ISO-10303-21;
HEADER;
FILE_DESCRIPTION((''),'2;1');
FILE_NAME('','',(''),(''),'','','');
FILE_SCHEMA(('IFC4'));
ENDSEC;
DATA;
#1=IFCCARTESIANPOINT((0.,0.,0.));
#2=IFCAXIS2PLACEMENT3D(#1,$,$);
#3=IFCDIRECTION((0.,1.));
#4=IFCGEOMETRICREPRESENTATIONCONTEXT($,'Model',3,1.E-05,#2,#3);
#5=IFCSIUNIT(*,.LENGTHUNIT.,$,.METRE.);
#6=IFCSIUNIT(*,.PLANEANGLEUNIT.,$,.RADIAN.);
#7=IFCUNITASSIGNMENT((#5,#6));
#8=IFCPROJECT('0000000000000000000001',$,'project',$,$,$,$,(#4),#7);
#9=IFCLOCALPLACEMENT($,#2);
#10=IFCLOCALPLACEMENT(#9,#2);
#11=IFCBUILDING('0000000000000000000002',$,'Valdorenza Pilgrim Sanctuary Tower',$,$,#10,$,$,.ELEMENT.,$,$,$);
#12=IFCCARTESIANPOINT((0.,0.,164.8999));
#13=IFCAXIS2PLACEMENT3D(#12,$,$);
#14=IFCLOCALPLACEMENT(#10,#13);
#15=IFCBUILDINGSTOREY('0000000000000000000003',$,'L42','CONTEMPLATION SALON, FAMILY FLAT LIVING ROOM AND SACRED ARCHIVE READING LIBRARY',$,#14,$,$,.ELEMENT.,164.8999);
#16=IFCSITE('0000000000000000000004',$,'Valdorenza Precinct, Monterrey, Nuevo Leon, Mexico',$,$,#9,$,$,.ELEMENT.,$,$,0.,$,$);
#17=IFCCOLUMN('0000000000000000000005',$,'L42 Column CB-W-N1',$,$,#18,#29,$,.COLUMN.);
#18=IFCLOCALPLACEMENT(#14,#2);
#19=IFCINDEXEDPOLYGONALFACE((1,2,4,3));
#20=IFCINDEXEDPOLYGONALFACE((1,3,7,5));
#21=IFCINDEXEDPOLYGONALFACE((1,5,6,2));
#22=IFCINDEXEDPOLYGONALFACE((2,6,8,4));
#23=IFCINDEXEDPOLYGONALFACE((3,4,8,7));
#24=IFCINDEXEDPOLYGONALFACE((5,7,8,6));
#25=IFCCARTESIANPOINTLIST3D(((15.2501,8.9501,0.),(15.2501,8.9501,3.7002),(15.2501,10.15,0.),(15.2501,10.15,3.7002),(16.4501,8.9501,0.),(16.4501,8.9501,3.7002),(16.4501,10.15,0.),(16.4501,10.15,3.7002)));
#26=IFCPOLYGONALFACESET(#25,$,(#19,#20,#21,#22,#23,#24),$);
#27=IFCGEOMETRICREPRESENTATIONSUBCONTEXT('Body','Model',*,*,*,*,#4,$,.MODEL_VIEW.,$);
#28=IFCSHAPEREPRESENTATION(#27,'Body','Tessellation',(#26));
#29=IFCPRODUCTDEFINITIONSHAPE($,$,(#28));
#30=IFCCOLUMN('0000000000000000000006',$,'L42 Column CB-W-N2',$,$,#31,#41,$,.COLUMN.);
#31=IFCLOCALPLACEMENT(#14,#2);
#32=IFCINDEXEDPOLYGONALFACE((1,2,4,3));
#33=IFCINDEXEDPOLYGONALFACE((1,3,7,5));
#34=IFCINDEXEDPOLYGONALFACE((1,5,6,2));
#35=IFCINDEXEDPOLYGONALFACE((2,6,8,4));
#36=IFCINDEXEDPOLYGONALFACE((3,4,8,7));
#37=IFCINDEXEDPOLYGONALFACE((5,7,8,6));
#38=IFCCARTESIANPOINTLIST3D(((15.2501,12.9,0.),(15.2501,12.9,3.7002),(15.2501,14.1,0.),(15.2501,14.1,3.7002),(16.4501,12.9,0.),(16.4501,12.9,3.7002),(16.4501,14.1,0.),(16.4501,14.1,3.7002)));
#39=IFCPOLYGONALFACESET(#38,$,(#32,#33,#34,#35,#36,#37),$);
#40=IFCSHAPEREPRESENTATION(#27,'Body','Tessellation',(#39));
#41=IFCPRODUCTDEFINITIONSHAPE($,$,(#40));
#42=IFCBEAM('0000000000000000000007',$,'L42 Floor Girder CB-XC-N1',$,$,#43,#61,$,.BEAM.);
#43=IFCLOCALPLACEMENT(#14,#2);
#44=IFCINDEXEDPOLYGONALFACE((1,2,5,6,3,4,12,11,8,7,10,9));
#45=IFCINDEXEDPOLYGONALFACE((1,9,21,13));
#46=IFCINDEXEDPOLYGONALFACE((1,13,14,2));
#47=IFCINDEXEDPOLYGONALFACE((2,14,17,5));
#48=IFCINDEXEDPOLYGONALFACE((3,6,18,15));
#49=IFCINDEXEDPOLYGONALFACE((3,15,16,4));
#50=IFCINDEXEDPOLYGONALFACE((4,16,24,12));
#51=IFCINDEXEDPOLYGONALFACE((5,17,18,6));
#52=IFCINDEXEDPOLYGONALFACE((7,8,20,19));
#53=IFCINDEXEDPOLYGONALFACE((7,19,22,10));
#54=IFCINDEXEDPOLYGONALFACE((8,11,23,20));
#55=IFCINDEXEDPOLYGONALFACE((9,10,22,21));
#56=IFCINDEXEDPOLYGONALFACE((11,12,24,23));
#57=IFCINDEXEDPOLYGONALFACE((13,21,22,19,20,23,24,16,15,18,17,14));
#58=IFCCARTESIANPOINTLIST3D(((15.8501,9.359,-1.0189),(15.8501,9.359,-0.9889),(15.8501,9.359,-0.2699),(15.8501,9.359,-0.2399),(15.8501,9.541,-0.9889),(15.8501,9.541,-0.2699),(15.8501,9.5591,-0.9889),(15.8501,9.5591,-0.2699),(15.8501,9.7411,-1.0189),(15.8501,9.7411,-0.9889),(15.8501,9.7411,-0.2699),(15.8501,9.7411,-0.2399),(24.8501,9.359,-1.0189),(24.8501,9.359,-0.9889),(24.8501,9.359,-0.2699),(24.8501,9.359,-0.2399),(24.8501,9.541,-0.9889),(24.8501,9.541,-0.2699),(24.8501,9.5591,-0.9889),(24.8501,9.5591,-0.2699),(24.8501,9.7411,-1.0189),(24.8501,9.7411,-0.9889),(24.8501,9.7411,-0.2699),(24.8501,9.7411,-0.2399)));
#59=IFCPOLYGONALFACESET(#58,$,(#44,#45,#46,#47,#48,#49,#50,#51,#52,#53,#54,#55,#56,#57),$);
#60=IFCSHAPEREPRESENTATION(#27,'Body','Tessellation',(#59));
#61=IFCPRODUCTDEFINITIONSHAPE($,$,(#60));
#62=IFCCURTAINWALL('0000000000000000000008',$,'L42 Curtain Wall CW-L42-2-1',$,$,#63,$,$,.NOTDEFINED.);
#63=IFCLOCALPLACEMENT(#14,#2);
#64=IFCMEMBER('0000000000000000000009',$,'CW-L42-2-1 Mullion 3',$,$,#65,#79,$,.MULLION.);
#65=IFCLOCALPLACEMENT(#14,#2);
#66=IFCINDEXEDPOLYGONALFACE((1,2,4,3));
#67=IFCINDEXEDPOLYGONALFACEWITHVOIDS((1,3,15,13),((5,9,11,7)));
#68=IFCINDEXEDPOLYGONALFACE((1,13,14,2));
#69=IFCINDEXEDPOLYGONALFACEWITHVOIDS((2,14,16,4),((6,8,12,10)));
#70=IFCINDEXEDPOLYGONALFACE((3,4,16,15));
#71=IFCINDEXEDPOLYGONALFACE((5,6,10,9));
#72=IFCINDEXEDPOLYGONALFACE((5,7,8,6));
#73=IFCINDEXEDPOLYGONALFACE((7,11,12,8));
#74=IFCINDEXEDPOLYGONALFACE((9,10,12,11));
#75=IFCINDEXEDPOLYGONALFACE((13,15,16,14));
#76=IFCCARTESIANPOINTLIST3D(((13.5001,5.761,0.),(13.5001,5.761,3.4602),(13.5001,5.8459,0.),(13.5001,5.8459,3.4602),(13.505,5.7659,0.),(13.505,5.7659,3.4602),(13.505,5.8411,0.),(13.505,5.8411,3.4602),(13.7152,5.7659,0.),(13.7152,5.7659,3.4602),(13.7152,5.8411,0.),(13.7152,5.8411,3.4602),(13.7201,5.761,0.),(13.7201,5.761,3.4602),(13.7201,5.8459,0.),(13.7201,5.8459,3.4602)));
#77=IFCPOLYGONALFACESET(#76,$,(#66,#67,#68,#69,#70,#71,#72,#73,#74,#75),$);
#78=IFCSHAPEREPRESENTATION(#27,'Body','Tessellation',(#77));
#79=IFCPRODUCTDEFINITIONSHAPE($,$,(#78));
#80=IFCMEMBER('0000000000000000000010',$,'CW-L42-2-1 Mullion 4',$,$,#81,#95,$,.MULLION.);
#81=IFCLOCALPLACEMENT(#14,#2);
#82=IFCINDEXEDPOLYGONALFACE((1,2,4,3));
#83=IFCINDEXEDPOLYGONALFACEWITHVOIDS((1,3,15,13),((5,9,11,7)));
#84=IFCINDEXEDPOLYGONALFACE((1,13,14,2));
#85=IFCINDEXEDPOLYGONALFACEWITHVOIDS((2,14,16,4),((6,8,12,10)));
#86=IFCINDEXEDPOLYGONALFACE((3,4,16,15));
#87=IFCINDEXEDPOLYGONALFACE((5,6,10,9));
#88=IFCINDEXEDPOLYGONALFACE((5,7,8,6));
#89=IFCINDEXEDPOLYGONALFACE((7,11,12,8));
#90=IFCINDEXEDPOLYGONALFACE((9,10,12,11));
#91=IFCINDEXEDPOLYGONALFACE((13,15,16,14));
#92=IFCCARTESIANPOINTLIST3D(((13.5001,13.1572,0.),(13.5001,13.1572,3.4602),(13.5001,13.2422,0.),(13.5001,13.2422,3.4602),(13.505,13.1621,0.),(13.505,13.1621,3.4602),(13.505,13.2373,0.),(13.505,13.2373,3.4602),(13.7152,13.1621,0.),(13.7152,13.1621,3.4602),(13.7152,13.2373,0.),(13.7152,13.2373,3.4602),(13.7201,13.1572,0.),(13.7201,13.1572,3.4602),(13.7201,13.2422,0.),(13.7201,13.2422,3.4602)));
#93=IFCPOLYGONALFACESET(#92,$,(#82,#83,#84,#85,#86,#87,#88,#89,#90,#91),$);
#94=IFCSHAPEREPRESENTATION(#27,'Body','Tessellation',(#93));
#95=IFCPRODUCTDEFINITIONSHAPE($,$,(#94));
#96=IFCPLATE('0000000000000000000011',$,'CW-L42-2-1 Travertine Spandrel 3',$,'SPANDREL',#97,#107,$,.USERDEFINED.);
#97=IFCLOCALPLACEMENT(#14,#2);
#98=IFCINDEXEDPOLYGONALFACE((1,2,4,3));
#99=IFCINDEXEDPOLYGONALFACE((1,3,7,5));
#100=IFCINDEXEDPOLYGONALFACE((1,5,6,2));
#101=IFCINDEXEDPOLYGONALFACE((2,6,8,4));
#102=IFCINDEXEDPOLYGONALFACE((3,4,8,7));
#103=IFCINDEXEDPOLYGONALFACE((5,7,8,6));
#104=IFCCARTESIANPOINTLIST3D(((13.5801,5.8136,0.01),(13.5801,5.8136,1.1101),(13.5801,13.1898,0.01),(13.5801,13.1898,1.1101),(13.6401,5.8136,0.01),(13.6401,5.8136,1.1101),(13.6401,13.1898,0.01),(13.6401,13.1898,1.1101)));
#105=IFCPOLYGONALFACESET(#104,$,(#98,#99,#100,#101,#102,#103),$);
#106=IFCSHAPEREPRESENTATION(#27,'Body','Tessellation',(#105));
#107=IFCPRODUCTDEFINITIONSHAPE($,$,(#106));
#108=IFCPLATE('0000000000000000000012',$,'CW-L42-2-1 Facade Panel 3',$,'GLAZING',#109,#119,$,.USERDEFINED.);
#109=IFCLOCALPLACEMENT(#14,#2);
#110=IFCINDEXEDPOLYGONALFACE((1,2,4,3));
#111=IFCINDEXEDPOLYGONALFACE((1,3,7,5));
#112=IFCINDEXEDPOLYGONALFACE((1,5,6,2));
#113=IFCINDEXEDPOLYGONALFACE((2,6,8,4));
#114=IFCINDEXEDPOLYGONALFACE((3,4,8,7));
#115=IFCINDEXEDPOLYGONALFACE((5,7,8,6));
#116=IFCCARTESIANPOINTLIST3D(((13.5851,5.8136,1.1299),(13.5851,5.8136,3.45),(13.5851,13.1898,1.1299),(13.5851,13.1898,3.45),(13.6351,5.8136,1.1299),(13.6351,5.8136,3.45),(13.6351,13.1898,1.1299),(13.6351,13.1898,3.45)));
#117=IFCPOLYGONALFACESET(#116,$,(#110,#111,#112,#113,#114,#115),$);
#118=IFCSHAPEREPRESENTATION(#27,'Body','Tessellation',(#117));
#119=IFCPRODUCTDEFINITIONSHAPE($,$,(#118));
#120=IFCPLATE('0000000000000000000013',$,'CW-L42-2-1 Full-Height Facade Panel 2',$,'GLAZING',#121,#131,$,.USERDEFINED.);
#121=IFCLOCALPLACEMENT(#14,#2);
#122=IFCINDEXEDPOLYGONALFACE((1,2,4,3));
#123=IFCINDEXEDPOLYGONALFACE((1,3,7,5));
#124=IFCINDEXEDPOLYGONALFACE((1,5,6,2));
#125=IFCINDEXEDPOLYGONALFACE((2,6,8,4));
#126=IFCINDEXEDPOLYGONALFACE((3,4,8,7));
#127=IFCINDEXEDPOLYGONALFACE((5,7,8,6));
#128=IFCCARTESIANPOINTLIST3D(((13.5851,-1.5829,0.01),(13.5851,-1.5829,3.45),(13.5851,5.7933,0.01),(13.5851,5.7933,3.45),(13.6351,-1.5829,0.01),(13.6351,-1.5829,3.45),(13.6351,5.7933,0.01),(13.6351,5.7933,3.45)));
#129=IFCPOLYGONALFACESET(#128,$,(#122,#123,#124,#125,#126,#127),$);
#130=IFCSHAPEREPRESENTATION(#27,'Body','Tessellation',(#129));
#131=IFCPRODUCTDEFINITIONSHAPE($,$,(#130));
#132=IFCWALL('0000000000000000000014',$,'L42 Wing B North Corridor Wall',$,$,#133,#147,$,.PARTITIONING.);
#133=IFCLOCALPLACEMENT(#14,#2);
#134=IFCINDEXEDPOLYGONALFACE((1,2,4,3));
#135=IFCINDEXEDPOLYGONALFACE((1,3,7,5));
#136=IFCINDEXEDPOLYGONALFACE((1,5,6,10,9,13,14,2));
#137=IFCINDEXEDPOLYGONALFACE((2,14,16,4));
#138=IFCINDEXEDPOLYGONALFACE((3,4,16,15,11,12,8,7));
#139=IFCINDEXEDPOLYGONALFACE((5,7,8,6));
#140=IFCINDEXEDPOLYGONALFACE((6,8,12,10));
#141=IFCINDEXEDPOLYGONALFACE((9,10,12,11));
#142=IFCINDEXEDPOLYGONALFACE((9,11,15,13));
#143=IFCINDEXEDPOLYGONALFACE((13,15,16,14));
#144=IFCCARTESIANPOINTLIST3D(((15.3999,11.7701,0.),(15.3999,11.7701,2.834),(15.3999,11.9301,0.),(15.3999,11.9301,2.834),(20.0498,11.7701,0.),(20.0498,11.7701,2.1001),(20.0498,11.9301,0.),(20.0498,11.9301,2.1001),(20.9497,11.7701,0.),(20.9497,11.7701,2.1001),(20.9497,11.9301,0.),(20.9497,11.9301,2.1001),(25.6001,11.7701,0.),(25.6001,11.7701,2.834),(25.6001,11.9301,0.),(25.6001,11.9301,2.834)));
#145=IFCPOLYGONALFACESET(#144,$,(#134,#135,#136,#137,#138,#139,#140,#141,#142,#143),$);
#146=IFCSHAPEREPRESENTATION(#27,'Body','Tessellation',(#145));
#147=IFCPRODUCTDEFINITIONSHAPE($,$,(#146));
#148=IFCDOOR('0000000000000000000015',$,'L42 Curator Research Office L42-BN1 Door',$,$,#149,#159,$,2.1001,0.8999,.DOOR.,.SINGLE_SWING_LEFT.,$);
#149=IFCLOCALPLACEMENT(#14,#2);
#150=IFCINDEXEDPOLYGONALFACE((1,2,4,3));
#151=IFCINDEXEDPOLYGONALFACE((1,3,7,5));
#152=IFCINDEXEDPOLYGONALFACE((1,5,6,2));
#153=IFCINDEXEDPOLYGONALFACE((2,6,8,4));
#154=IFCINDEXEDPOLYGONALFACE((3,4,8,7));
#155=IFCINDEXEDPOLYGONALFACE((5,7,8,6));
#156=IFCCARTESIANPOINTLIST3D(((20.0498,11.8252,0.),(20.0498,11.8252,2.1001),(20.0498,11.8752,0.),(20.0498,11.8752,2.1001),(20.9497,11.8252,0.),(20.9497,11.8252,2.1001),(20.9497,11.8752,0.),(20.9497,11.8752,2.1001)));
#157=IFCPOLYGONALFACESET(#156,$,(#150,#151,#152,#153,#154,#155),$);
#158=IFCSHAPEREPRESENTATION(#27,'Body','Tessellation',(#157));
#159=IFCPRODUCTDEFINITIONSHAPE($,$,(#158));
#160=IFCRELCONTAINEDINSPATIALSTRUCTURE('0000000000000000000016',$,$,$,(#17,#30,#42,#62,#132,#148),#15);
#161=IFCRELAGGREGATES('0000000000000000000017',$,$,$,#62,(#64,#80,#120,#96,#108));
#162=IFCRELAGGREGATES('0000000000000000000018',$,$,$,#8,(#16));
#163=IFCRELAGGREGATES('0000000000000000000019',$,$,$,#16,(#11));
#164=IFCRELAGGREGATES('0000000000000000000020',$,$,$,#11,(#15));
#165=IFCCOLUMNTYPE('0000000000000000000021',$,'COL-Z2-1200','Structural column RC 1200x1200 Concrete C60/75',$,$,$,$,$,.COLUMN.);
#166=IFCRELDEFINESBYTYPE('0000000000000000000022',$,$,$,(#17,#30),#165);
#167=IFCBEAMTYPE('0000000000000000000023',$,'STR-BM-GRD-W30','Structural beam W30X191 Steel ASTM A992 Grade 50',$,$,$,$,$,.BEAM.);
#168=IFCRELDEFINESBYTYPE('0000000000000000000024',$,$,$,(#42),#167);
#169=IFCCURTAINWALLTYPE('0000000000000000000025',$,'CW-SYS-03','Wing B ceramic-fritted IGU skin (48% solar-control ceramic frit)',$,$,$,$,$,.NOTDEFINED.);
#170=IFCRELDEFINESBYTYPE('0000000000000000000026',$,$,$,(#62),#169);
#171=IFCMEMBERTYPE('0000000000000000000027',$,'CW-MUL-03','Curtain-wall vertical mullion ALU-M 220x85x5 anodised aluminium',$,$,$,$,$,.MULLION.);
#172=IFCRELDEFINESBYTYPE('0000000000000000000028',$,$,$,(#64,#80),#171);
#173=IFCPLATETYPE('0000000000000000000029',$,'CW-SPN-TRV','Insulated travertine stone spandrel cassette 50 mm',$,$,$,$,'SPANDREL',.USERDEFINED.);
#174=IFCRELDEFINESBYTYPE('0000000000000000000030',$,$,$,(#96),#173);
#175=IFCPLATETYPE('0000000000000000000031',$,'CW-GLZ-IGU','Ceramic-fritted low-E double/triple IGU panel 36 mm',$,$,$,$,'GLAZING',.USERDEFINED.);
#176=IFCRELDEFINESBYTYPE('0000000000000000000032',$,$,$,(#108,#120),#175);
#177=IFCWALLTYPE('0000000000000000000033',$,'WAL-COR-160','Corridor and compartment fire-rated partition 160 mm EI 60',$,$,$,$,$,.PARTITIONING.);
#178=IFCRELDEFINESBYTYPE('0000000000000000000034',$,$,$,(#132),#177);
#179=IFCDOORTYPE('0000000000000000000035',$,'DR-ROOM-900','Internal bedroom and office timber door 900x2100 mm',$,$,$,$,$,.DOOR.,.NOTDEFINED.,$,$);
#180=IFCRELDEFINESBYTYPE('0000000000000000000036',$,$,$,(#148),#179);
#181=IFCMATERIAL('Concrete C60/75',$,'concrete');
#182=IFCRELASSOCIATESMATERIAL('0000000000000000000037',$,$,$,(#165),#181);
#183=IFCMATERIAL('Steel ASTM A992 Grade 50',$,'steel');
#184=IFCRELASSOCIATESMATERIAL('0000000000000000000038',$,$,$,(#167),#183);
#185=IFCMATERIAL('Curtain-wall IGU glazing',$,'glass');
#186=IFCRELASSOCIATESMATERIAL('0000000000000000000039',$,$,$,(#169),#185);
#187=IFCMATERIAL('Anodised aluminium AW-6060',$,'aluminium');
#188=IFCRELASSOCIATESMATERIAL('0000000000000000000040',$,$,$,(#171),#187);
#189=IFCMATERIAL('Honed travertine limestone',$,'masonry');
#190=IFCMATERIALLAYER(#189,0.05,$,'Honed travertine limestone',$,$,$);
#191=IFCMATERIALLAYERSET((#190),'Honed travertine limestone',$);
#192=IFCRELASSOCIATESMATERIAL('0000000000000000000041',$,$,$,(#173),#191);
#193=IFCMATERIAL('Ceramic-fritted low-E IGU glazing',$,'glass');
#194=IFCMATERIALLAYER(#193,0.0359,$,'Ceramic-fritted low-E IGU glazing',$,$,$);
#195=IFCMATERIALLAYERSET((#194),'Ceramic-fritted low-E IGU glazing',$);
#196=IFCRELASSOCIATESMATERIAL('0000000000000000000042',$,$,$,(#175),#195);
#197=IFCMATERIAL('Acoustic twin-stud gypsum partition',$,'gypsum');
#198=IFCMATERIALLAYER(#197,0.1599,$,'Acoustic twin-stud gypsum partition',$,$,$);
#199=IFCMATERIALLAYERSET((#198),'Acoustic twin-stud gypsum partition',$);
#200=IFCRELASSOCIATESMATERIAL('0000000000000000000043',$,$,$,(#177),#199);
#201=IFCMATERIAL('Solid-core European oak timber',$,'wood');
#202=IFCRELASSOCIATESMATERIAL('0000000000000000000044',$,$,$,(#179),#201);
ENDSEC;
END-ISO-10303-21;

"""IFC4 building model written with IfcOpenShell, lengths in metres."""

from ifc_helpers import new_model, si_unit, direction, frame, frame_2d, origin, origin_2d, place, context, subcontext, project, spatial, rectangle, hollow_rectangle, i_section, extrude, source, transform, mapped, material, layer, layer_set, material_profile, profile_set, type_object, element, fill, aggregate, save


model = new_model("IFC4")

# Units and contexts
model_context = context("Model", 3, precision=1e-05, world=origin(), true_north=direction((0.0, 1.0)))
body_context = subcontext(model_context, "Body", "Model", "MODEL_VIEW")
ifc_project = project(units=[si_unit("LENGTHUNIT", "METRE"), si_unit("PLANEANGLEUNIT", "RADIAN")], contexts=[model_context])

# Site, building, storey
site_placement = place(None, origin())
site = spatial("IfcSite", under=ifc_project, at=site_placement, Name="Valdorenza Precinct, Monterrey, Nuevo Leon, Mexico", CompositionType="ELEMENT", RefElevation=0.0)
building_placement = place(site_placement, origin())
building = spatial("IfcBuilding", under=site, at=building_placement, Name="Valdorenza Pilgrim Sanctuary Tower", CompositionType="ELEMENT")
storey_placement = place(building_placement, frame((0.0, 0.0, 164.8999)))
storey = spatial("IfcBuildingStorey", under=building, at=storey_placement, Name="L42", Description="CONTEMPLATION SALON, FAMILY FLAT LIVING ROOM AND SACRED ARCHIVE READING LIBRARY", CompositionType="ELEMENT", Elevation=164.8999)

# Columns
ifc_material_1 = material(Name="Concrete C60/75", Category="concrete")
ifc_material_profile_1 = material_profile(ifc_material_1, rectangle(XDim=1.2, YDim=1.2, at=origin_2d()), Name="RC 1200x1200")
ifc_profile_set_1 = profile_set([ifc_material_profile_1], Name="Concrete C60/75")
column_type = type_object("IfcColumnType", Name="COL-Z2-1200", Description="Structural column RC 1200x1200 Concrete C60/75", PredefinedType="COLUMN", material=ifc_profile_set_1)
shared_shape_1 = source(origin(), body_context, "Body", "SweptSolid", [
    extrude(rectangle(XDim=1.2, YDim=1.2, at=origin_2d()), origin(), (0.0, 0.0, 1.0), 3.7002),
])
for number, where, z_axis, x_axis, name in (
    (1, (15.8501, 9.55, 0.0), (0.0, 0.0, 1.0), (1.0, 0.0, 0.0), "L42 Column CB-W-N1"),
    (2, (15.8501, 13.5, 0.0), (0.0, 0.0, 1.0), (1.0, 0.0, 0.0), "L42 Column CB-W-N2"),
):
    element("IfcColumn", number, at=place(storey_placement, frame(where, z_axis=z_axis, x_axis=x_axis)), inside=storey, type_object=column_type, Name=name, PredefinedType="COLUMN", context=body_context, shape_type="MappedRepresentation", body=[
        mapped(shared_shape_1, transform((0.0, 0.0, 0.0), x_axis=(1.0, 0.0, 0.0), y_axis=(0.0, 1.0, 0.0), z_axis=(0.0, 0.0, 1.0), scale=1.0)),
    ])

# Beam
ifc_material_2 = material(Name="Steel ASTM A992 Grade 50", Category="steel")
ifc_material_profile_2 = material_profile(ifc_material_2, i_section(OverallWidth=0.3821, OverallDepth=0.7791, WebThickness=0.0181, FlangeThickness=0.03, at=origin_2d()), Name="W30X191")
ifc_profile_set_2 = profile_set([ifc_material_profile_2], Name="Steel ASTM A992 Grade 50")
beam_type = type_object("IfcBeamType", Name="STR-BM-GRD-W30", Description="Structural beam W30X191 Steel ASTM A992 Grade 50", PredefinedType="BEAM", material=ifc_profile_set_2)
shared_shape_2 = source(origin(), body_context, "Body", "SweptSolid", [
    extrude(i_section(OverallWidth=0.3821, OverallDepth=0.7791, WebThickness=0.0181, FlangeThickness=0.03, at=origin_2d()), origin(), (0.0, 0.0, 1.0), 9.0),
])
beam_placement = place(storey_placement, frame((15.8501, 9.55, -0.6294), z_axis=(1.0, 0.0, 0.0), x_axis=(0.0, 1.0, 0.0)))
element("IfcBeam", 3, at=beam_placement, inside=storey, type_object=beam_type, Name="L42 Floor Girder CB-XC-N1", PredefinedType="BEAM", context=body_context, shape_type="MappedRepresentation", body=[
    mapped(shared_shape_2, transform((0.0, 0.0, 0.0), x_axis=(1.0, 0.0, 0.0), y_axis=(0.0, 1.0, 0.0), z_axis=(0.0, 0.0, 1.0), scale=1.0)),
])

# Curtain wall, members, plates
ifc_material_3 = material(Name="Curtain-wall IGU glazing", Category="glass")
curtain_wall_type = type_object("IfcCurtainWallType", Name="CW-SYS-03", Description="Wing B ceramic-fritted IGU skin (48% solar-control ceramic frit)", PredefinedType="NOTDEFINED", material=ifc_material_3)
curtain_wall_placement = place(storey_placement, origin())
curtain_wall = element("IfcCurtainWall", 4, at=curtain_wall_placement, inside=storey, type_object=curtain_wall_type, Name="L42 Curtain Wall CW-L42-2-1", PredefinedType="NOTDEFINED")
ifc_material_4 = material(Name="Anodised aluminium AW-6060", Category="aluminium")
ifc_material_profile_3 = material_profile(ifc_material_4, hollow_rectangle(XDim=0.085, YDim=0.22, WallThickness=0.0049, at=origin_2d()), Name="ALU-M 220x85x5")
ifc_profile_set_3 = profile_set([ifc_material_profile_3], Name="Anodised aluminium AW-6060")
member_type = type_object("IfcMemberType", Name="CW-MUL-03", Description="Curtain-wall vertical mullion ALU-M 220x85x5 anodised aluminium", PredefinedType="MULLION", material=ifc_profile_set_3)
shared_shape_3 = source(origin(), body_context, "Body", "SweptSolid", [
    extrude(hollow_rectangle(XDim=0.085, YDim=0.22, WallThickness=0.0049, at=origin_2d()), origin(), (0.0, 0.0, 1.0), 3.4602),
])
member_1_placement = place(storey_placement, frame((13.6101, 5.8035, 0.0), z_axis=(0.0, 0.0, 1.0), x_axis=(0.0, 1.0, 0.0)))
member_1 = element("IfcMember", 5, at=member_1_placement, type_object=member_type, Name="CW-L42-2-1 Mullion 3", PredefinedType="MULLION", context=body_context, shape_type="MappedRepresentation", body=[
    mapped(shared_shape_3, transform((0.0, 0.0, 0.0), x_axis=(1.0, 0.0, 0.0), y_axis=(0.0, 1.0, 0.0), z_axis=(0.0, 0.0, 1.0), scale=1.0)),
])
member_2_placement = place(storey_placement, frame((13.6101, 13.1997, 0.0), z_axis=(0.0, 0.0, 1.0), x_axis=(0.0, 1.0, 0.0)))
member_2 = element("IfcMember", 6, at=member_2_placement, type_object=member_type, Name="CW-L42-2-1 Mullion 4", PredefinedType="MULLION", context=body_context, shape_type="MappedRepresentation", body=[
    mapped(shared_shape_3, transform((0.0, 0.0, 0.0), x_axis=(1.0, 0.0, 0.0), y_axis=(0.0, 1.0, 0.0), z_axis=(0.0, 0.0, 1.0), scale=1.0)),
])
ifc_material_5 = material(Name="Honed travertine limestone", Category="masonry")
ifc_layer_1 = layer(ifc_material_5, 0.05, Name="Honed travertine limestone")
ifc_layer_set_1 = layer_set([ifc_layer_1], Name="Honed travertine limestone")
plate_type_1 = type_object("IfcPlateType", Name="CW-SPN-TRV", Description="Insulated travertine stone spandrel cassette 50 mm", ElementType="SPANDREL", PredefinedType="USERDEFINED", material=ifc_layer_set_1)
shared_shape_4 = source(origin(), body_context, "Body", "SweptSolid", [
    extrude(rectangle(XDim=7.3762, YDim=0.0601, at=origin_2d()), origin(), (0.0, 0.0, 1.0), 1.1001),
])
plate_1_placement = place(storey_placement, frame((13.6101, 9.5017, 0.01), z_axis=(0.0, 0.0, 1.0), x_axis=(0.0, 1.0, 0.0)))
plate_1 = element("IfcPlate", 7, at=plate_1_placement, type_object=plate_type_1, Name="CW-L42-2-1 Travertine Spandrel 3", ObjectType="SPANDREL", PredefinedType="USERDEFINED", context=body_context, shape_type="MappedRepresentation", body=[
    mapped(shared_shape_4, transform((0.0, 0.0, 0.0), x_axis=(1.0, 0.0, 0.0), y_axis=(0.0, 1.0, 0.0), z_axis=(0.0, 0.0, 1.0), scale=1.0)),
])
ifc_material_6 = material(Name="Ceramic-fritted low-E IGU glazing", Category="glass")
ifc_layer_2 = layer(ifc_material_6, 0.0359, Name="Ceramic-fritted low-E IGU glazing")
ifc_layer_set_2 = layer_set([ifc_layer_2], Name="Ceramic-fritted low-E IGU glazing")
plate_type_2 = type_object("IfcPlateType", Name="CW-GLZ-IGU", Description="Ceramic-fritted low-E double/triple IGU panel 36 mm", ElementType="GLAZING", PredefinedType="USERDEFINED", material=ifc_layer_set_2)
shared_shape_5 = source(origin(), body_context, "Body", "SweptSolid", [
    extrude(rectangle(XDim=7.3762, YDim=0.05, at=origin_2d()), origin(), (0.0, 0.0, 1.0), 2.3201),
])
plate_2_placement = place(storey_placement, frame((13.6101, 9.5017, 1.1299), z_axis=(0.0, 0.0, 1.0), x_axis=(0.0, 1.0, 0.0)))
plate_2 = element("IfcPlate", 8, at=plate_2_placement, type_object=plate_type_2, Name="CW-L42-2-1 Facade Panel 3", ObjectType="GLAZING", PredefinedType="USERDEFINED", context=body_context, shape_type="MappedRepresentation", body=[
    mapped(shared_shape_5, transform((0.0, 0.0, 0.0), x_axis=(1.0, 0.0, 0.0), y_axis=(0.0, 1.0, 0.0), z_axis=(0.0, 0.0, 1.0), scale=1.0)),
])
shared_shape_6 = source(origin(), body_context, "Body", "SweptSolid", [
    extrude(rectangle(XDim=7.3762, YDim=0.05, at=origin_2d()), origin(), (0.0, 0.0, 1.0), 3.4399),
])
plate_3_placement = place(storey_placement, frame((13.6101, 2.1052, 0.01), z_axis=(0.0, 0.0, 1.0), x_axis=(0.0, 1.0, 0.0)))
plate_3 = element("IfcPlate", 9, at=plate_3_placement, type_object=plate_type_2, Name="CW-L42-2-1 Full-Height Facade Panel 2", ObjectType="GLAZING", PredefinedType="USERDEFINED", context=body_context, shape_type="MappedRepresentation", body=[
    mapped(shared_shape_6, transform((0.0, 0.0, 0.0), x_axis=(1.0, 0.0, 0.0), y_axis=(0.0, 1.0, 0.0), z_axis=(0.0, 0.0, 1.0), scale=1.0)),
])
aggregate(curtain_wall, [member_1, member_2, plate_3, plate_1, plate_2])

# Wall, opening, door
ifc_material_7 = material(Name="Acoustic twin-stud gypsum partition", Category="gypsum")
ifc_layer_3 = layer(ifc_material_7, 0.1599, Name="Acoustic twin-stud gypsum partition")
ifc_layer_set_3 = layer_set([ifc_layer_3], Name="Acoustic twin-stud gypsum partition")
wall_type_1 = type_object("IfcWallType", Name="WAL-COR-160", Description="Corridor and compartment fire-rated partition 160 mm EI 60", PredefinedType="PARTITIONING", material=ifc_layer_set_3)
wall_1_placement = place(storey_placement, frame((15.3999, 11.8501, 0.0), z_axis=(0.0, 0.0, 1.0), x_axis=(1.0, 0.0, 0.0)))
wall_1 = element("IfcWall", 10, at=wall_1_placement, inside=storey, type_object=wall_type_1, Name="L42 Wing B North Corridor Wall", PredefinedType="PARTITIONING", context=body_context, shape_type="SweptSolid", body=[
    extrude(rectangle(XDim=10.2002, YDim=0.1599, at=frame_2d((5.1001, 0.0))), origin(), (0.0, 0.0, 1.0), 2.834),
])
opening_1_placement = place(wall_1_placement, frame((4.6499, 0.0, 0.0)))
opening_1 = element("IfcOpeningElement", 11, at=opening_1_placement, cuts=wall_1, PredefinedType="OPENING", context=body_context, shape_type="SweptSolid", body=[
    extrude(rectangle(XDim=0.8999, YDim=2.1001, at=frame_2d((0.45, 1.05))), frame((0.0, 0.0947, 0.0), z_axis=(0.0, -1.0, 0.0), x_axis=(1.0, 0.0, 0.0)), (0.0, 0.0, 1.0), 0.1897),
])
ifc_material_8 = material(Name="Solid-core European oak timber", Category="wood")
door_type = type_object("IfcDoorType", Name="DR-ROOM-900", Description="Internal bedroom and office timber door 900x2100 mm", OperationType="NOTDEFINED", PredefinedType="DOOR", material=ifc_material_8)
door_1_placement = place(opening_1_placement, frame((0.8999, 0.0, 0.0), z_axis=(0.0, 0.0, 1.0), x_axis=(-1.0, 0.0, 0.0)))
door_1 = element("IfcDoor", 12, at=door_1_placement, inside=storey, type_object=door_type, Name="L42 Curator Research Office L42-BN1 Door", OperationType="SINGLE_SWING_LEFT", OverallHeight=2.1001, OverallWidth=0.8999, PredefinedType="DOOR", context=body_context, shape_type="SweptSolid", body=[
    extrude(rectangle(XDim=0.8999, YDim=2.1001, at=frame_2d((0.45, 1.05))), frame((0.0, 0.0249, 0.0), z_axis=(0.0, -1.0, 0.0), x_axis=(1.0, 0.0, 0.0)), (0.0, 0.0, 1.0), 0.05),
])
fill(opening_1, door_1)

save(model, "model.ifc")
